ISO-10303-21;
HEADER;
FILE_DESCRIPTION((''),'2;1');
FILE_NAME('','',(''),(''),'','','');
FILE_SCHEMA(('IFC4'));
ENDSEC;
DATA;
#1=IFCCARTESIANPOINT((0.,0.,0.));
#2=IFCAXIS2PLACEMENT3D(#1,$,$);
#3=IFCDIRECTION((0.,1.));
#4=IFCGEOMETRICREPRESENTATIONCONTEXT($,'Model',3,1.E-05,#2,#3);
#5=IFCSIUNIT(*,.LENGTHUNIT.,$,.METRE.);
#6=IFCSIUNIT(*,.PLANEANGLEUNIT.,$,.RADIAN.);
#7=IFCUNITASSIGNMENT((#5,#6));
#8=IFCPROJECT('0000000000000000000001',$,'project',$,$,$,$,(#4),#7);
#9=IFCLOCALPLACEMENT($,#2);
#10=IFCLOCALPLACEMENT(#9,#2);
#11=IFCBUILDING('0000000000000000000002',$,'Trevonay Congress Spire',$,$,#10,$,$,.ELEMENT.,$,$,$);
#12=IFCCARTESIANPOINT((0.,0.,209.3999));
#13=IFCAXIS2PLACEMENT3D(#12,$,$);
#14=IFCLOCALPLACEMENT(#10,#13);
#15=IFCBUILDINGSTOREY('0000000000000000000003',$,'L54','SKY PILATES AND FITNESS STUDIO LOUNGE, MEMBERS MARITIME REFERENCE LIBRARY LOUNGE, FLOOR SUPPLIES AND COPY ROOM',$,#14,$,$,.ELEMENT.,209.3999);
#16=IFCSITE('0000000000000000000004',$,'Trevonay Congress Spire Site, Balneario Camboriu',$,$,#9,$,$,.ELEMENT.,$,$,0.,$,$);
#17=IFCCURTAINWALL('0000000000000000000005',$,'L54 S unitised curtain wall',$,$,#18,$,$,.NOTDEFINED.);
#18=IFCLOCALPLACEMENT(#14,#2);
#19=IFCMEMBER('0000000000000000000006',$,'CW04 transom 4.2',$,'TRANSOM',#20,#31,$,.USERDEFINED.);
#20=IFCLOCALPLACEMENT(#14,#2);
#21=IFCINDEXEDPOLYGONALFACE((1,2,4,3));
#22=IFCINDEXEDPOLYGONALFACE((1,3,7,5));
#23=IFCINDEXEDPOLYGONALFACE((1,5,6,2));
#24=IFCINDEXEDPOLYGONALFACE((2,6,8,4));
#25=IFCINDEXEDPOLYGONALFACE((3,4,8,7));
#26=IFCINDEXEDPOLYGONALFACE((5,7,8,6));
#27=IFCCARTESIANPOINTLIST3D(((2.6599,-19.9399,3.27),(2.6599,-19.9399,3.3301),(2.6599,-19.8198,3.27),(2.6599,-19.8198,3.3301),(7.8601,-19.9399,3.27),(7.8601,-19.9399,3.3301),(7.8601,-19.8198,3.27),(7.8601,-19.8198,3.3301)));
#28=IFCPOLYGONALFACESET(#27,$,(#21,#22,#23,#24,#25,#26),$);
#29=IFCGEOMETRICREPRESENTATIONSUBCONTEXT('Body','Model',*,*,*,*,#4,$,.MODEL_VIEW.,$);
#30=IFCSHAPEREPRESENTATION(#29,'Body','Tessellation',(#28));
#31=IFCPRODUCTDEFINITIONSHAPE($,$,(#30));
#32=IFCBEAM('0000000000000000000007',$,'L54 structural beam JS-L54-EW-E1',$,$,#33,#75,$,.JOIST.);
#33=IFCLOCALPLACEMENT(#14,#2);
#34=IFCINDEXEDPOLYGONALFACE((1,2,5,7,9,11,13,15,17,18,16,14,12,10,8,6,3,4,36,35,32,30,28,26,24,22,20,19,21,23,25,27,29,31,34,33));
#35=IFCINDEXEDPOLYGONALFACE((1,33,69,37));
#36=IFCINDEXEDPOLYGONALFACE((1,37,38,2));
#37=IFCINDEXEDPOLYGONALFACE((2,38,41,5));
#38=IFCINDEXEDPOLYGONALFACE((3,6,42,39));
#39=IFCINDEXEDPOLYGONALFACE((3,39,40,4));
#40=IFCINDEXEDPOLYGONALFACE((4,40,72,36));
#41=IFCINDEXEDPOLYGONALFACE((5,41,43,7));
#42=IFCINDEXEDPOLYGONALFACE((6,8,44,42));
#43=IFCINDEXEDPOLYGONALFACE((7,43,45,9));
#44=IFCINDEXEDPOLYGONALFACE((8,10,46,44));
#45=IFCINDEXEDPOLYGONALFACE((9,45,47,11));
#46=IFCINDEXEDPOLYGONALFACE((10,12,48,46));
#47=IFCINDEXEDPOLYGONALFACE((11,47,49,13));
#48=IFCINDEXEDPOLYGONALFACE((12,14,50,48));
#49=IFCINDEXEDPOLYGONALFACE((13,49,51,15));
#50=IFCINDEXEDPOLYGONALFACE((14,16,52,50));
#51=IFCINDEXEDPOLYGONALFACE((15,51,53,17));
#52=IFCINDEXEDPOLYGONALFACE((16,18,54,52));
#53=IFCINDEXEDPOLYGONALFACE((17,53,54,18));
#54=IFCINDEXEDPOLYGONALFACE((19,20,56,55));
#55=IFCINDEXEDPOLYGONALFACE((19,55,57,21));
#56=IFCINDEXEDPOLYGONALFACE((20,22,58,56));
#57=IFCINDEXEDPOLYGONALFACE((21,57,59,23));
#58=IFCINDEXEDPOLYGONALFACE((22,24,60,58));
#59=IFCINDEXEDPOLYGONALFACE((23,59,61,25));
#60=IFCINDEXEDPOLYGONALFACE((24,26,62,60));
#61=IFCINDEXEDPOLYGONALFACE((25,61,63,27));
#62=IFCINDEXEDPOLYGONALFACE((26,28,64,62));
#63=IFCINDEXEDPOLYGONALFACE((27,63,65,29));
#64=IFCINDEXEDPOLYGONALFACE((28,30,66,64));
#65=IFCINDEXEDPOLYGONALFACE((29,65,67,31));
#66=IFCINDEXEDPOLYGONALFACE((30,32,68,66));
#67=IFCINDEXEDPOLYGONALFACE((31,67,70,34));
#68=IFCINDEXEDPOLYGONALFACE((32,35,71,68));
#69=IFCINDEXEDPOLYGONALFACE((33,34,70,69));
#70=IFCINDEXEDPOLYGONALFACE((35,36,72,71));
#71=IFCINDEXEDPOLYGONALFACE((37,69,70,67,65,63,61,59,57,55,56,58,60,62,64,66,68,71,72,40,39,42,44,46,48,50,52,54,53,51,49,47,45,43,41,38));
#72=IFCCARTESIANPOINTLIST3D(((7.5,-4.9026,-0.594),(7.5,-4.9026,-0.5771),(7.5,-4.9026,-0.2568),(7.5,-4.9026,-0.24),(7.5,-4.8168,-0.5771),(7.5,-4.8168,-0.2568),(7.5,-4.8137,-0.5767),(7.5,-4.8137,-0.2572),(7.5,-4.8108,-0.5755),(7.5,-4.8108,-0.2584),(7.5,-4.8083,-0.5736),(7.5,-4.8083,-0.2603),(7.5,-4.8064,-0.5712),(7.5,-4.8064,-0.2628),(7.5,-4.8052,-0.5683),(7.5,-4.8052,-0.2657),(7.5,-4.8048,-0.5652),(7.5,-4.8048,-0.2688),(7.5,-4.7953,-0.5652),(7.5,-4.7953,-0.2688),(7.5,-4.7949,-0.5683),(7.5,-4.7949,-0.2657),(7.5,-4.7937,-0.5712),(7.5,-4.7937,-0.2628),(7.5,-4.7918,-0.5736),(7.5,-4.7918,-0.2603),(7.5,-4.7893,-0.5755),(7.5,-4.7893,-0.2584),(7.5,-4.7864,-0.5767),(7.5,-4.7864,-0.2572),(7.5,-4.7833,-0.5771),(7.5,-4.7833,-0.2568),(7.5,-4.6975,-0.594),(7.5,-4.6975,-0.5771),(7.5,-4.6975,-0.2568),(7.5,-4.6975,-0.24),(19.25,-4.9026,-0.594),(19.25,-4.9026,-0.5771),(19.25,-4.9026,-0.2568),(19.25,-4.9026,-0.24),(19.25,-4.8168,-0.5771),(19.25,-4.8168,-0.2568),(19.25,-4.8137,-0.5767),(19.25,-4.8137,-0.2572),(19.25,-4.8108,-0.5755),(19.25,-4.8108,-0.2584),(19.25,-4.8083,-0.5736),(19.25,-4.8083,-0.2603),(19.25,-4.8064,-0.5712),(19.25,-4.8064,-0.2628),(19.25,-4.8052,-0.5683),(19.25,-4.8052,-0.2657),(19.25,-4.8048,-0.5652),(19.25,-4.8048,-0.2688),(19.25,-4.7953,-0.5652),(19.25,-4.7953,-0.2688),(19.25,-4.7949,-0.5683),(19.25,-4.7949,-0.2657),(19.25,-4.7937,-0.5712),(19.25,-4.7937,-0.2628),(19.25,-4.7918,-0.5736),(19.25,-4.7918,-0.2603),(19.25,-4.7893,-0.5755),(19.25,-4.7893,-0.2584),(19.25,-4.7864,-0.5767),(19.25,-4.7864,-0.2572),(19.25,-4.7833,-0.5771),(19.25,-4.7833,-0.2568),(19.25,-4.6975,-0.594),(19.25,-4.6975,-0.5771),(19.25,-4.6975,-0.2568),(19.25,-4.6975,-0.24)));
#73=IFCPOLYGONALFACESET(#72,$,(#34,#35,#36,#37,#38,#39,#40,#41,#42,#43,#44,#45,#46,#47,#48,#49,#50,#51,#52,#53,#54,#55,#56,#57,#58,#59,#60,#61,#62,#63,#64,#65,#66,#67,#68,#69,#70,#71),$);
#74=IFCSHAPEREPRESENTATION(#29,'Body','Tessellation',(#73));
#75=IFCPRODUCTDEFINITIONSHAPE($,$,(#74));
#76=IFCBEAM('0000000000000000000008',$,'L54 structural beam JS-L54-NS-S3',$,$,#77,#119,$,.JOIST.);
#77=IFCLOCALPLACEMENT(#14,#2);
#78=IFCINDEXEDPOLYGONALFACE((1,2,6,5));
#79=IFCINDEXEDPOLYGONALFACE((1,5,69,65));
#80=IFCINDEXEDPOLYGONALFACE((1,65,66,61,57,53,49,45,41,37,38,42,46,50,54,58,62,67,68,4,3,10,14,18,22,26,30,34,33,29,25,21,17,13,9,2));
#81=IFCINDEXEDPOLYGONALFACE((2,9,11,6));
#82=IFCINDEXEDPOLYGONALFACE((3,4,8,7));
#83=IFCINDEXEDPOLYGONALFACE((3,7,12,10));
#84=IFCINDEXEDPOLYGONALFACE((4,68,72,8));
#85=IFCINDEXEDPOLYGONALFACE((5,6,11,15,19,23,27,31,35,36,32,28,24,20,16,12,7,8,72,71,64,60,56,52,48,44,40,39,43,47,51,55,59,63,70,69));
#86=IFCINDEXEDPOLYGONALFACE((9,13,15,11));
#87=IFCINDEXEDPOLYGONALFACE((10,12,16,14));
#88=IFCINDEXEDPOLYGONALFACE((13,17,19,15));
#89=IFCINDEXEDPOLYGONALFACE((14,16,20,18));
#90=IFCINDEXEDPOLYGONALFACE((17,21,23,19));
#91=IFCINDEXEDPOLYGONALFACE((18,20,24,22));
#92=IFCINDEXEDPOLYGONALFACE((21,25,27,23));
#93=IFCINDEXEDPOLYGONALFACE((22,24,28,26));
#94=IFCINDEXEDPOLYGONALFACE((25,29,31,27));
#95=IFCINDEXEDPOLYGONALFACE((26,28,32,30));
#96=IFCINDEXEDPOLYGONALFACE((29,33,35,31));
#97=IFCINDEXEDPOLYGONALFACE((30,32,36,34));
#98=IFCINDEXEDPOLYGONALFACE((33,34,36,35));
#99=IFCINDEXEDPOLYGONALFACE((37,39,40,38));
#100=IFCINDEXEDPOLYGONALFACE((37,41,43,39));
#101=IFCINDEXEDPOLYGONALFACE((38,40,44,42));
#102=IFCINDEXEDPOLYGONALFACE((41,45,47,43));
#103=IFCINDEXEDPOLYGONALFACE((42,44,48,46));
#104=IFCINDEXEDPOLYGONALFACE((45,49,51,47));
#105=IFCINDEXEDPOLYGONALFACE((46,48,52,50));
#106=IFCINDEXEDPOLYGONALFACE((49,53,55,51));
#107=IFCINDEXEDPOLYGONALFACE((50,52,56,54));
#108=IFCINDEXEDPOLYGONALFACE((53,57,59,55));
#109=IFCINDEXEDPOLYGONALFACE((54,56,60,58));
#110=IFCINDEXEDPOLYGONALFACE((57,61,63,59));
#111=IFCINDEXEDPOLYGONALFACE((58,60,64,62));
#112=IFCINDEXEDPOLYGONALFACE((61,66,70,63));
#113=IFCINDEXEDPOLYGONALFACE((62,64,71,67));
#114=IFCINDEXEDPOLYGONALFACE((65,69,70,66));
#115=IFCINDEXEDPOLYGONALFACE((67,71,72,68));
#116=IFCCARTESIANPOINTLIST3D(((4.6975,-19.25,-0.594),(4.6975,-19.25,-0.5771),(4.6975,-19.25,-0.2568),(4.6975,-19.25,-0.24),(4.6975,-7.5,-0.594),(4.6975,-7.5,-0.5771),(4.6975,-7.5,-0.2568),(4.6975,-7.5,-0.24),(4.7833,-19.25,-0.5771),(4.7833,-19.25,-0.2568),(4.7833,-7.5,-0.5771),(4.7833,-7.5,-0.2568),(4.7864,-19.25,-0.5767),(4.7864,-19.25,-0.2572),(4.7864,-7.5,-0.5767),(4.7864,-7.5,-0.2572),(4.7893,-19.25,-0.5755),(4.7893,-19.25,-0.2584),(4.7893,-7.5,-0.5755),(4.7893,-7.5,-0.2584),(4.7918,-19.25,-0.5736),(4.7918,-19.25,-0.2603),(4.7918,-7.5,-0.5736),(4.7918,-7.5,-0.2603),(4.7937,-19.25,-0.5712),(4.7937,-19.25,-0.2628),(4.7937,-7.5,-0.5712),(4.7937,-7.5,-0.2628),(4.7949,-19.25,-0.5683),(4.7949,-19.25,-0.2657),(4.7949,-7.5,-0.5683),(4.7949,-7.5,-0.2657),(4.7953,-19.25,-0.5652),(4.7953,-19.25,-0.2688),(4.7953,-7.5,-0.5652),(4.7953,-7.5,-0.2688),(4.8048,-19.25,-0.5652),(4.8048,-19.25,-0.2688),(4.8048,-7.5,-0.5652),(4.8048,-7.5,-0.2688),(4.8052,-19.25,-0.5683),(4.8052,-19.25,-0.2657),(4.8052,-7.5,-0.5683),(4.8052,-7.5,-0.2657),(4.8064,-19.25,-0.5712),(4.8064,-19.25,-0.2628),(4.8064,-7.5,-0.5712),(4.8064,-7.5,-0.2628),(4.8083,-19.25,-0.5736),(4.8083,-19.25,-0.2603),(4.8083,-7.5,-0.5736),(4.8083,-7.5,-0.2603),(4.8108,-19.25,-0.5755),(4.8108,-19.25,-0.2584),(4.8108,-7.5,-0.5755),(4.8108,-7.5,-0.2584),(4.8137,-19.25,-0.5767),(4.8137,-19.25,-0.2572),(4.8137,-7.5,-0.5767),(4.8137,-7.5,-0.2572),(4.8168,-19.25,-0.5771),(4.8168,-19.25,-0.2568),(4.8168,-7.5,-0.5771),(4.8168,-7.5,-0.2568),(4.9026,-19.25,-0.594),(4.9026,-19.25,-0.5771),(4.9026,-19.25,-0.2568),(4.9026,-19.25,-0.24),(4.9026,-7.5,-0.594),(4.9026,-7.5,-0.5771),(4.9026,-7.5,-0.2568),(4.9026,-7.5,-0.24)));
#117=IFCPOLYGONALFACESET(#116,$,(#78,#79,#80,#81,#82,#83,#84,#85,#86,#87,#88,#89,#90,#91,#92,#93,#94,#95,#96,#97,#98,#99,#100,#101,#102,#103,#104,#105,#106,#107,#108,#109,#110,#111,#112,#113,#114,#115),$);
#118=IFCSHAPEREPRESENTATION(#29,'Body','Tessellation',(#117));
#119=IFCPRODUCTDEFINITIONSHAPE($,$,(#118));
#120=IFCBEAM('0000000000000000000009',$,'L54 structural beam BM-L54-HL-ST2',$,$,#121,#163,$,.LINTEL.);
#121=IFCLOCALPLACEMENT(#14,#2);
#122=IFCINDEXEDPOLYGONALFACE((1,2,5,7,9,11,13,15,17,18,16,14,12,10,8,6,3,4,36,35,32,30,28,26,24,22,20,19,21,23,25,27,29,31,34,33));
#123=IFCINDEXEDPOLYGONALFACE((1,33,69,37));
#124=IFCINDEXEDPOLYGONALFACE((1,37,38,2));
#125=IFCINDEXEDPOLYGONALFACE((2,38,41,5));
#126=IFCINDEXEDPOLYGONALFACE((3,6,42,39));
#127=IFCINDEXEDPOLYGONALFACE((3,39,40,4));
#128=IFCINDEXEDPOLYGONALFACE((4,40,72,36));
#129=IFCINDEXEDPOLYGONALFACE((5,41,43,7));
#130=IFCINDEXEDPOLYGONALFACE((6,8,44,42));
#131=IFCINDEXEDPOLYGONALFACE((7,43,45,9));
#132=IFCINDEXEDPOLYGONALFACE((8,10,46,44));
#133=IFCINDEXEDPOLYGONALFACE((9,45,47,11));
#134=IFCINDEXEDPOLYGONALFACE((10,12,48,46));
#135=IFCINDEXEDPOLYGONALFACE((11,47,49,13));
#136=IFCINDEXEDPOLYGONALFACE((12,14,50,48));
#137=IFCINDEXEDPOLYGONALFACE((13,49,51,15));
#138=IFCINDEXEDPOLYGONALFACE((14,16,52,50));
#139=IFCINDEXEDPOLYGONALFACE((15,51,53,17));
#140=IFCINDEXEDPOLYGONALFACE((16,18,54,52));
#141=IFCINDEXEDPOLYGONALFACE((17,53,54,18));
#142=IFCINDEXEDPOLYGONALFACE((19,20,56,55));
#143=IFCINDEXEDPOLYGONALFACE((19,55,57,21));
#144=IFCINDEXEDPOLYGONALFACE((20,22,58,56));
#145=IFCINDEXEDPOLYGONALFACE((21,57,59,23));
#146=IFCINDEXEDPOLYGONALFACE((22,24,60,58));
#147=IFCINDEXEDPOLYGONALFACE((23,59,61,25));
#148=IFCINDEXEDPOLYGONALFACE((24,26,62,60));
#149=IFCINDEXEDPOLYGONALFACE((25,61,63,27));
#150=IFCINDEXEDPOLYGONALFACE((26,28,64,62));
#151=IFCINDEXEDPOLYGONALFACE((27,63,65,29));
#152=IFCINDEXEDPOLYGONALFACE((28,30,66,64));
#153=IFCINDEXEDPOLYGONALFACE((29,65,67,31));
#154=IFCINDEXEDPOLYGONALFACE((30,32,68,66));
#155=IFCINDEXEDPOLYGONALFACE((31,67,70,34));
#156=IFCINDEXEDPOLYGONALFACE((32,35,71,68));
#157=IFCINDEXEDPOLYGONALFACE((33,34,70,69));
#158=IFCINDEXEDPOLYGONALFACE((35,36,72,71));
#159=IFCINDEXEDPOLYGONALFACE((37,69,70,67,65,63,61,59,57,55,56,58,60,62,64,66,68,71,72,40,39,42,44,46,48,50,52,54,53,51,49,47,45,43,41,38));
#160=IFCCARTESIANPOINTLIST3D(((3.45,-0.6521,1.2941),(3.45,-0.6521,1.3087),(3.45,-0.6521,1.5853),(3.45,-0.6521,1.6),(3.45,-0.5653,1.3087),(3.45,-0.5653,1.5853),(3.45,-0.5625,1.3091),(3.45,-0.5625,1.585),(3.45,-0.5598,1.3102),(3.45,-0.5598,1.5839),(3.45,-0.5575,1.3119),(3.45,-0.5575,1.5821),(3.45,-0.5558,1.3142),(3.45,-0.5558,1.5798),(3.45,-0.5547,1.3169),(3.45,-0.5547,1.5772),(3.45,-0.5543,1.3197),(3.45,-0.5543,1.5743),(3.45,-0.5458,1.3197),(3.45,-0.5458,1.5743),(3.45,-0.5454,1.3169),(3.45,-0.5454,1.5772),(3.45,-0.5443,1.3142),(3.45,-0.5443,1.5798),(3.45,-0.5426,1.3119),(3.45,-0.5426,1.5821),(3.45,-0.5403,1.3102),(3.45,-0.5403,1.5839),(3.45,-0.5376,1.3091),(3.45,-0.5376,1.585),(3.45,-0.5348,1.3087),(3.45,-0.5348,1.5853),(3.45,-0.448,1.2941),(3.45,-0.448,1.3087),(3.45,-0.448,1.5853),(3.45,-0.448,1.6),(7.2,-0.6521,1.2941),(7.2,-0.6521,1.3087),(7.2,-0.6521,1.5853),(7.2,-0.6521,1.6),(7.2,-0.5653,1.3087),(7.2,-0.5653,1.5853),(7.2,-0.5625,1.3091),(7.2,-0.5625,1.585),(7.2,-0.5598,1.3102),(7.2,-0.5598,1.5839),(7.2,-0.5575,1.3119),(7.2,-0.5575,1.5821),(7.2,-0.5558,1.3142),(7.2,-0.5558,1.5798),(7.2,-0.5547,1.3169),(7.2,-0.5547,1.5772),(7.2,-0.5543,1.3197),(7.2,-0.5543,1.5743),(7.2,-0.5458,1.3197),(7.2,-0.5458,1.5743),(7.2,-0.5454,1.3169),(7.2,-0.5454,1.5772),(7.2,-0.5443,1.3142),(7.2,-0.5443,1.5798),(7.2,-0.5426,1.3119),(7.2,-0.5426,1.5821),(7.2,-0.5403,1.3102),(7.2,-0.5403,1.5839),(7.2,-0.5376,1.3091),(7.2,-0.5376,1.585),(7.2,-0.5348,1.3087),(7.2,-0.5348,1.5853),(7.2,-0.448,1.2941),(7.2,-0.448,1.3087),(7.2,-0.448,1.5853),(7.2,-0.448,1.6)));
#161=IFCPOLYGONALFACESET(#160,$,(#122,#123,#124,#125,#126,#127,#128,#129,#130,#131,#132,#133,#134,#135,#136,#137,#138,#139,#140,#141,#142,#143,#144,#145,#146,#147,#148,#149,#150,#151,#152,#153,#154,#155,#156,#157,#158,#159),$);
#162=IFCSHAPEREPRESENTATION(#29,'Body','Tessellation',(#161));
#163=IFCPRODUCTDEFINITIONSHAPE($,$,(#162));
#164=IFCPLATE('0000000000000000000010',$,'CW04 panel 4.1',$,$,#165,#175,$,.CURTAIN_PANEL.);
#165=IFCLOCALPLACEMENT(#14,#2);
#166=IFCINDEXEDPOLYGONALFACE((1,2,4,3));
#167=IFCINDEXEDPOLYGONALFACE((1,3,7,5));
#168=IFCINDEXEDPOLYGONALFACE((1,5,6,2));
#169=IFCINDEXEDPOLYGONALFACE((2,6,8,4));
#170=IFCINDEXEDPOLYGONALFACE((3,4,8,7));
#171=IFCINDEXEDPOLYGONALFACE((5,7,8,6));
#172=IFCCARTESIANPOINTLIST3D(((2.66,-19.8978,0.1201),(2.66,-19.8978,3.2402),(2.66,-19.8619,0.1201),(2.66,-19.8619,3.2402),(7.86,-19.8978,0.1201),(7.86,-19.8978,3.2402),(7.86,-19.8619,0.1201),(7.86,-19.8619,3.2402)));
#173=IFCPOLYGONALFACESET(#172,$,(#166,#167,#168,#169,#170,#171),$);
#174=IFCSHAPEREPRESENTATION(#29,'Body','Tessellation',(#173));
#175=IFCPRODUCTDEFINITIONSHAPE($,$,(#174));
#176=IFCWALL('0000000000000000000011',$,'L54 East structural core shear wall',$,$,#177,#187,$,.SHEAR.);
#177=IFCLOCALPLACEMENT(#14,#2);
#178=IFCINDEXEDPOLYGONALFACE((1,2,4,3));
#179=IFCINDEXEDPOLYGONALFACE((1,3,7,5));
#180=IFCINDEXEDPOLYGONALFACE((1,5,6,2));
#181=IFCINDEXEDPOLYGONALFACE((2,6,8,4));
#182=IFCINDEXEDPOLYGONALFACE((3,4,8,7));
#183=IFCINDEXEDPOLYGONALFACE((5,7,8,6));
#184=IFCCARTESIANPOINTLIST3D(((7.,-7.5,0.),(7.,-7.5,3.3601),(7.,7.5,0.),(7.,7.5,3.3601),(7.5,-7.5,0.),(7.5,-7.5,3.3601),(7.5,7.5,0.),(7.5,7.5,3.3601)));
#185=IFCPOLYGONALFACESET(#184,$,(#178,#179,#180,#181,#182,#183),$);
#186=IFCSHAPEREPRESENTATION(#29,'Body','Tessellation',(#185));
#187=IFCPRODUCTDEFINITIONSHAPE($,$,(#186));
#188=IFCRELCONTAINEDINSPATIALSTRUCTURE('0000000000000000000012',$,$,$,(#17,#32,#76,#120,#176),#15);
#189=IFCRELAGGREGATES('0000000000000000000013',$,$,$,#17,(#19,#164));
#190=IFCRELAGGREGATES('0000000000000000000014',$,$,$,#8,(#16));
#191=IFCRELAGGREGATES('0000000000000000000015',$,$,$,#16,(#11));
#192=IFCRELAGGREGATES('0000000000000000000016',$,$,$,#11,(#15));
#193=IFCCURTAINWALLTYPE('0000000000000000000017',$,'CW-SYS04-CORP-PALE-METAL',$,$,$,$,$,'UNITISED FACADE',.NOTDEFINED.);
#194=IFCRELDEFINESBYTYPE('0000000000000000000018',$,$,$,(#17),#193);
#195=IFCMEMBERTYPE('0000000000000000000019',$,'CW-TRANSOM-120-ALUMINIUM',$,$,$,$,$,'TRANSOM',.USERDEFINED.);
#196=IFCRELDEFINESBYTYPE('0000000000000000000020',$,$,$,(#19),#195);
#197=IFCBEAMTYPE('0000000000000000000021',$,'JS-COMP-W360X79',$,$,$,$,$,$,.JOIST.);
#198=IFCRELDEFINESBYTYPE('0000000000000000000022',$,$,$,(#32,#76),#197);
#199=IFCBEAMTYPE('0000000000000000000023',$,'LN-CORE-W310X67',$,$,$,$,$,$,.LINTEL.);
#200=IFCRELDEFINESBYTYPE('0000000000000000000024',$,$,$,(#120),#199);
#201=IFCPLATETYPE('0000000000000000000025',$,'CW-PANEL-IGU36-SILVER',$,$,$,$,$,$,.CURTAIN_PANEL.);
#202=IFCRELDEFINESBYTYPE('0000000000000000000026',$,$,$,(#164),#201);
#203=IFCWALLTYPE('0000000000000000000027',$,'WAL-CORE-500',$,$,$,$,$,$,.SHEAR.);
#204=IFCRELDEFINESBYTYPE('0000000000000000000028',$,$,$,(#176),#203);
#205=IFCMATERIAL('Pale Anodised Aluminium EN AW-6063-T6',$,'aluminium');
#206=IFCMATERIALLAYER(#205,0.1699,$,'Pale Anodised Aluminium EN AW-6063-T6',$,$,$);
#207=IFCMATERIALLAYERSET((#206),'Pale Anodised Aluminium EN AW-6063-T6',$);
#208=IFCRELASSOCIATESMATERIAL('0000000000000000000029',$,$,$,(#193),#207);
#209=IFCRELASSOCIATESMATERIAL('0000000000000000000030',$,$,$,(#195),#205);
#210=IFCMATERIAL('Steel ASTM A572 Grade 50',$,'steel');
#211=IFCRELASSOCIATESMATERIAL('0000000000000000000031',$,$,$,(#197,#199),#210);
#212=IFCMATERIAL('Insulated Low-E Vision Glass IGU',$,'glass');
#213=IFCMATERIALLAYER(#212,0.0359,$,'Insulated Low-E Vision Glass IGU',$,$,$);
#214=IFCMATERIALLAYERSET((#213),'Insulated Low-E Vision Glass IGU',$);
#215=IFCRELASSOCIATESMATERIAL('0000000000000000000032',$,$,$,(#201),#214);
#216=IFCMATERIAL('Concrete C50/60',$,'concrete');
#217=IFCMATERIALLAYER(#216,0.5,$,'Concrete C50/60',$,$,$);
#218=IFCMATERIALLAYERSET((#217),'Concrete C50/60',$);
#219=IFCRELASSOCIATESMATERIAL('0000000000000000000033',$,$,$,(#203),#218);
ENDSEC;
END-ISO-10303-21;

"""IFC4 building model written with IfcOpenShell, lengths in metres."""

from ifc_helpers import new_model, si_unit, direction, frame, frame_2d, origin, origin_2d, place, context, subcontext, project, spatial, rectangle, i_section, extrude, material, layer, layer_set, material_profile, profile_set, type_object, element, aggregate, save


model = new_model("IFC4")

# Units and contexts
model_context = context("Model", 3, precision=1e-05, world=origin(), true_north=direction((0.0, 1.0)))
body_context = subcontext(model_context, "Body", "Model", "MODEL_VIEW")
ifc_project = project(units=[si_unit("LENGTHUNIT", "METRE"), si_unit("PLANEANGLEUNIT", "RADIAN")], contexts=[model_context])

# Site, building, storey
site_placement = place(None, origin())
site = spatial("IfcSite", under=ifc_project, at=site_placement, Name="Trevonay Congress Spire Site, Balneario Camboriu", CompositionType="ELEMENT", RefElevation=0.0)
building_placement = place(site_placement, origin())
building = spatial("IfcBuilding", under=site, at=building_placement, Name="Trevonay Congress Spire", CompositionType="ELEMENT")
storey_placement = place(building_placement, frame((0.0, 0.0, 209.3999)))
storey = spatial("IfcBuildingStorey", under=building, at=storey_placement, Name="L54", Description="SKY PILATES AND FITNESS STUDIO LOUNGE, MEMBERS MARITIME REFERENCE LIBRARY LOUNGE, FLOOR SUPPLIES AND COPY ROOM", CompositionType="ELEMENT", Elevation=209.3999)

# Shared definitions
ifc_material_1 = material(Name="Steel ASTM A572 Grade 50", Category="steel")

# Curtain wall, member
ifc_material_2 = material(Name="Pale Anodised Aluminium EN AW-6063-T6", Category="aluminium")
ifc_layer_1 = layer(ifc_material_2, 0.1699, Name="Pale Anodised Aluminium EN AW-6063-T6")
ifc_layer_set_1 = layer_set([ifc_layer_1], Name="Pale Anodised Aluminium EN AW-6063-T6")
curtain_wall_type = type_object("IfcCurtainWallType", Name="CW-SYS04-CORP-PALE-METAL", ElementType="UNITISED FACADE", PredefinedType="NOTDEFINED", material=ifc_layer_set_1)
curtain_wall_placement = place(storey_placement, origin())
curtain_wall = element("IfcCurtainWall", 1, at=curtain_wall_placement, inside=storey, type_object=curtain_wall_type, Name="L54 S unitised curtain wall", PredefinedType="NOTDEFINED")
ifc_material_profile_1 = material_profile(ifc_material_2, rectangle(XDim=0.1201, YDim=0.0601, at=origin_2d()), Name="CW-TRANSOM-120-ALUMINIUM")
ifc_profile_set_1 = profile_set([ifc_material_profile_1], Name="Pale Anodised Aluminium EN AW-6063-T6")
member_type_1 = type_object("IfcMemberType", Name="CW-TRANSOM-120-ALUMINIUM", ElementType="TRANSOM", PredefinedType="USERDEFINED", material=ifc_profile_set_1)
member_1_placement = place(storey_placement, frame((2.6599, -19.8799, 3.3), z_axis=(1.0, 0.0, 0.0), x_axis=(0.0, 1.0, 0.0)))
member_1 = element("IfcMember", 2, at=member_1_placement, type_object=member_type_1, Name="CW04 transom 4.2", ObjectType="TRANSOM", PredefinedType="USERDEFINED", context=body_context, shape_type="SweptSolid", body=[
    extrude(rectangle(XDim=0.1201, YDim=0.0601, at=origin_2d()), origin(), (0.0, 0.0, 1.0), 5.2002),
])

# Beams
ifc_material_profile_2 = material_profile(ifc_material_1, i_section(OverallWidth=0.2051, OverallDepth=0.354, WebThickness=0.0095, FlangeThickness=0.0168, FilletRadius=0.012, at=origin_2d()), Name="W360x79")
ifc_profile_set_2 = profile_set([ifc_material_profile_2], Name="Steel ASTM A572 Grade 50")
beam_type_1 = type_object("IfcBeamType", Name="JS-COMP-W360X79", PredefinedType="JOIST", material=ifc_profile_set_2)
for number, where, z_axis, x_axis, name in (
    (3, (7.5, -4.8, -0.417), (1.0, 0.0, 0.0), (0.0, 1.0, 0.0), "L54 structural beam JS-L54-EW-E1"),
    (4, (4.8, -19.25, -0.417), (0.0, 1.0, 0.0), (-1.0, 0.0, 0.0), "L54 structural beam JS-L54-NS-S3"),
):
    element("IfcBeam", number, at=place(storey_placement, frame(where, z_axis=z_axis, x_axis=x_axis)), inside=storey, type_object=beam_type_1, Name=name, PredefinedType="JOIST", context=body_context, shape_type="SweptSolid", body=[
        extrude(i_section(OverallWidth=0.2051, OverallDepth=0.354, WebThickness=0.0095, FlangeThickness=0.0168, FilletRadius=0.012, at=origin_2d()), origin(), (0.0, 0.0, 1.0), 11.75),
    ])
ifc_material_profile_3 = material_profile(ifc_material_1, i_section(OverallWidth=0.2041, OverallDepth=0.3059, WebThickness=0.0085, FlangeThickness=0.0146, FilletRadius=0.011, at=origin_2d()), Name="W310x67")
ifc_profile_set_3 = profile_set([ifc_material_profile_3], Name="Steel ASTM A572 Grade 50")
beam_type_2 = type_object("IfcBeamType", Name="LN-CORE-W310X67", PredefinedType="LINTEL", material=ifc_profile_set_3)
beam_1_placement = place(storey_placement, frame((3.45, -0.55, 1.447), z_axis=(1.0, 0.0, 0.0), x_axis=(0.0, 1.0, 0.0)))
element("IfcBeam", 5, at=beam_1_placement, inside=storey, type_object=beam_type_2, Name="L54 structural beam BM-L54-HL-ST2", PredefinedType="LINTEL", context=body_context, shape_type="SweptSolid", body=[
    extrude(i_section(OverallWidth=0.2041, OverallDepth=0.3059, WebThickness=0.0085, FlangeThickness=0.0146, FilletRadius=0.011, at=origin_2d()), origin(), (0.0, 0.0, 1.0), 3.75),
])

# Plate
ifc_material_3 = material(Name="Insulated Low-E Vision Glass IGU", Category="glass")
ifc_layer_2 = layer(ifc_material_3, 0.0359, Name="Insulated Low-E Vision Glass IGU")
ifc_layer_set_2 = layer_set([ifc_layer_2], Name="Insulated Low-E Vision Glass IGU")
plate_type = type_object("IfcPlateType", Name="CW-PANEL-IGU36-SILVER", PredefinedType="CURTAIN_PANEL", material=ifc_layer_set_2)
plate_placement = place(storey_placement, frame((5.26, -19.8799, 0.1201), z_axis=(0.0, 0.0, 1.0), x_axis=(1.0, 0.0, 0.0)))
plate = element("IfcPlate", 6, at=plate_placement, type_object=plate_type, Name="CW04 panel 4.1", PredefinedType="CURTAIN_PANEL", context=body_context, shape_type="SweptSolid", body=[
    extrude(rectangle(XDim=5.2, YDim=0.0359, at=origin_2d()), origin(), (0.0, 0.0, 1.0), 3.1201),
])
aggregate(curtain_wall, [member_1, plate])

# Wall
ifc_material_4 = material(Name="Concrete C50/60", Category="concrete")
ifc_layer_3 = layer(ifc_material_4, 0.5, Name="Concrete C50/60")
ifc_layer_set_3 = layer_set([ifc_layer_3], Name="Concrete C50/60")
wall_type_1 = type_object("IfcWallType", Name="WAL-CORE-500", PredefinedType="SHEAR", material=ifc_layer_set_3)
wall_1_placement = place(storey_placement, frame((7.25, -7.5, 0.0), z_axis=(0.0, 0.0, 1.0), x_axis=(0.0, 1.0, 0.0)))
element("IfcWall", 7, at=wall_1_placement, inside=storey, type_object=wall_type_1, Name="L54 East structural core shear wall", PredefinedType="SHEAR", context=body_context, shape_type="SweptSolid", body=[
    extrude(rectangle(XDim=15.0, YDim=0.5, at=frame_2d((7.5, 0.0))), origin(), (0.0, 0.0, 1.0), 3.3601),
])

save(model, "model.ifc")
